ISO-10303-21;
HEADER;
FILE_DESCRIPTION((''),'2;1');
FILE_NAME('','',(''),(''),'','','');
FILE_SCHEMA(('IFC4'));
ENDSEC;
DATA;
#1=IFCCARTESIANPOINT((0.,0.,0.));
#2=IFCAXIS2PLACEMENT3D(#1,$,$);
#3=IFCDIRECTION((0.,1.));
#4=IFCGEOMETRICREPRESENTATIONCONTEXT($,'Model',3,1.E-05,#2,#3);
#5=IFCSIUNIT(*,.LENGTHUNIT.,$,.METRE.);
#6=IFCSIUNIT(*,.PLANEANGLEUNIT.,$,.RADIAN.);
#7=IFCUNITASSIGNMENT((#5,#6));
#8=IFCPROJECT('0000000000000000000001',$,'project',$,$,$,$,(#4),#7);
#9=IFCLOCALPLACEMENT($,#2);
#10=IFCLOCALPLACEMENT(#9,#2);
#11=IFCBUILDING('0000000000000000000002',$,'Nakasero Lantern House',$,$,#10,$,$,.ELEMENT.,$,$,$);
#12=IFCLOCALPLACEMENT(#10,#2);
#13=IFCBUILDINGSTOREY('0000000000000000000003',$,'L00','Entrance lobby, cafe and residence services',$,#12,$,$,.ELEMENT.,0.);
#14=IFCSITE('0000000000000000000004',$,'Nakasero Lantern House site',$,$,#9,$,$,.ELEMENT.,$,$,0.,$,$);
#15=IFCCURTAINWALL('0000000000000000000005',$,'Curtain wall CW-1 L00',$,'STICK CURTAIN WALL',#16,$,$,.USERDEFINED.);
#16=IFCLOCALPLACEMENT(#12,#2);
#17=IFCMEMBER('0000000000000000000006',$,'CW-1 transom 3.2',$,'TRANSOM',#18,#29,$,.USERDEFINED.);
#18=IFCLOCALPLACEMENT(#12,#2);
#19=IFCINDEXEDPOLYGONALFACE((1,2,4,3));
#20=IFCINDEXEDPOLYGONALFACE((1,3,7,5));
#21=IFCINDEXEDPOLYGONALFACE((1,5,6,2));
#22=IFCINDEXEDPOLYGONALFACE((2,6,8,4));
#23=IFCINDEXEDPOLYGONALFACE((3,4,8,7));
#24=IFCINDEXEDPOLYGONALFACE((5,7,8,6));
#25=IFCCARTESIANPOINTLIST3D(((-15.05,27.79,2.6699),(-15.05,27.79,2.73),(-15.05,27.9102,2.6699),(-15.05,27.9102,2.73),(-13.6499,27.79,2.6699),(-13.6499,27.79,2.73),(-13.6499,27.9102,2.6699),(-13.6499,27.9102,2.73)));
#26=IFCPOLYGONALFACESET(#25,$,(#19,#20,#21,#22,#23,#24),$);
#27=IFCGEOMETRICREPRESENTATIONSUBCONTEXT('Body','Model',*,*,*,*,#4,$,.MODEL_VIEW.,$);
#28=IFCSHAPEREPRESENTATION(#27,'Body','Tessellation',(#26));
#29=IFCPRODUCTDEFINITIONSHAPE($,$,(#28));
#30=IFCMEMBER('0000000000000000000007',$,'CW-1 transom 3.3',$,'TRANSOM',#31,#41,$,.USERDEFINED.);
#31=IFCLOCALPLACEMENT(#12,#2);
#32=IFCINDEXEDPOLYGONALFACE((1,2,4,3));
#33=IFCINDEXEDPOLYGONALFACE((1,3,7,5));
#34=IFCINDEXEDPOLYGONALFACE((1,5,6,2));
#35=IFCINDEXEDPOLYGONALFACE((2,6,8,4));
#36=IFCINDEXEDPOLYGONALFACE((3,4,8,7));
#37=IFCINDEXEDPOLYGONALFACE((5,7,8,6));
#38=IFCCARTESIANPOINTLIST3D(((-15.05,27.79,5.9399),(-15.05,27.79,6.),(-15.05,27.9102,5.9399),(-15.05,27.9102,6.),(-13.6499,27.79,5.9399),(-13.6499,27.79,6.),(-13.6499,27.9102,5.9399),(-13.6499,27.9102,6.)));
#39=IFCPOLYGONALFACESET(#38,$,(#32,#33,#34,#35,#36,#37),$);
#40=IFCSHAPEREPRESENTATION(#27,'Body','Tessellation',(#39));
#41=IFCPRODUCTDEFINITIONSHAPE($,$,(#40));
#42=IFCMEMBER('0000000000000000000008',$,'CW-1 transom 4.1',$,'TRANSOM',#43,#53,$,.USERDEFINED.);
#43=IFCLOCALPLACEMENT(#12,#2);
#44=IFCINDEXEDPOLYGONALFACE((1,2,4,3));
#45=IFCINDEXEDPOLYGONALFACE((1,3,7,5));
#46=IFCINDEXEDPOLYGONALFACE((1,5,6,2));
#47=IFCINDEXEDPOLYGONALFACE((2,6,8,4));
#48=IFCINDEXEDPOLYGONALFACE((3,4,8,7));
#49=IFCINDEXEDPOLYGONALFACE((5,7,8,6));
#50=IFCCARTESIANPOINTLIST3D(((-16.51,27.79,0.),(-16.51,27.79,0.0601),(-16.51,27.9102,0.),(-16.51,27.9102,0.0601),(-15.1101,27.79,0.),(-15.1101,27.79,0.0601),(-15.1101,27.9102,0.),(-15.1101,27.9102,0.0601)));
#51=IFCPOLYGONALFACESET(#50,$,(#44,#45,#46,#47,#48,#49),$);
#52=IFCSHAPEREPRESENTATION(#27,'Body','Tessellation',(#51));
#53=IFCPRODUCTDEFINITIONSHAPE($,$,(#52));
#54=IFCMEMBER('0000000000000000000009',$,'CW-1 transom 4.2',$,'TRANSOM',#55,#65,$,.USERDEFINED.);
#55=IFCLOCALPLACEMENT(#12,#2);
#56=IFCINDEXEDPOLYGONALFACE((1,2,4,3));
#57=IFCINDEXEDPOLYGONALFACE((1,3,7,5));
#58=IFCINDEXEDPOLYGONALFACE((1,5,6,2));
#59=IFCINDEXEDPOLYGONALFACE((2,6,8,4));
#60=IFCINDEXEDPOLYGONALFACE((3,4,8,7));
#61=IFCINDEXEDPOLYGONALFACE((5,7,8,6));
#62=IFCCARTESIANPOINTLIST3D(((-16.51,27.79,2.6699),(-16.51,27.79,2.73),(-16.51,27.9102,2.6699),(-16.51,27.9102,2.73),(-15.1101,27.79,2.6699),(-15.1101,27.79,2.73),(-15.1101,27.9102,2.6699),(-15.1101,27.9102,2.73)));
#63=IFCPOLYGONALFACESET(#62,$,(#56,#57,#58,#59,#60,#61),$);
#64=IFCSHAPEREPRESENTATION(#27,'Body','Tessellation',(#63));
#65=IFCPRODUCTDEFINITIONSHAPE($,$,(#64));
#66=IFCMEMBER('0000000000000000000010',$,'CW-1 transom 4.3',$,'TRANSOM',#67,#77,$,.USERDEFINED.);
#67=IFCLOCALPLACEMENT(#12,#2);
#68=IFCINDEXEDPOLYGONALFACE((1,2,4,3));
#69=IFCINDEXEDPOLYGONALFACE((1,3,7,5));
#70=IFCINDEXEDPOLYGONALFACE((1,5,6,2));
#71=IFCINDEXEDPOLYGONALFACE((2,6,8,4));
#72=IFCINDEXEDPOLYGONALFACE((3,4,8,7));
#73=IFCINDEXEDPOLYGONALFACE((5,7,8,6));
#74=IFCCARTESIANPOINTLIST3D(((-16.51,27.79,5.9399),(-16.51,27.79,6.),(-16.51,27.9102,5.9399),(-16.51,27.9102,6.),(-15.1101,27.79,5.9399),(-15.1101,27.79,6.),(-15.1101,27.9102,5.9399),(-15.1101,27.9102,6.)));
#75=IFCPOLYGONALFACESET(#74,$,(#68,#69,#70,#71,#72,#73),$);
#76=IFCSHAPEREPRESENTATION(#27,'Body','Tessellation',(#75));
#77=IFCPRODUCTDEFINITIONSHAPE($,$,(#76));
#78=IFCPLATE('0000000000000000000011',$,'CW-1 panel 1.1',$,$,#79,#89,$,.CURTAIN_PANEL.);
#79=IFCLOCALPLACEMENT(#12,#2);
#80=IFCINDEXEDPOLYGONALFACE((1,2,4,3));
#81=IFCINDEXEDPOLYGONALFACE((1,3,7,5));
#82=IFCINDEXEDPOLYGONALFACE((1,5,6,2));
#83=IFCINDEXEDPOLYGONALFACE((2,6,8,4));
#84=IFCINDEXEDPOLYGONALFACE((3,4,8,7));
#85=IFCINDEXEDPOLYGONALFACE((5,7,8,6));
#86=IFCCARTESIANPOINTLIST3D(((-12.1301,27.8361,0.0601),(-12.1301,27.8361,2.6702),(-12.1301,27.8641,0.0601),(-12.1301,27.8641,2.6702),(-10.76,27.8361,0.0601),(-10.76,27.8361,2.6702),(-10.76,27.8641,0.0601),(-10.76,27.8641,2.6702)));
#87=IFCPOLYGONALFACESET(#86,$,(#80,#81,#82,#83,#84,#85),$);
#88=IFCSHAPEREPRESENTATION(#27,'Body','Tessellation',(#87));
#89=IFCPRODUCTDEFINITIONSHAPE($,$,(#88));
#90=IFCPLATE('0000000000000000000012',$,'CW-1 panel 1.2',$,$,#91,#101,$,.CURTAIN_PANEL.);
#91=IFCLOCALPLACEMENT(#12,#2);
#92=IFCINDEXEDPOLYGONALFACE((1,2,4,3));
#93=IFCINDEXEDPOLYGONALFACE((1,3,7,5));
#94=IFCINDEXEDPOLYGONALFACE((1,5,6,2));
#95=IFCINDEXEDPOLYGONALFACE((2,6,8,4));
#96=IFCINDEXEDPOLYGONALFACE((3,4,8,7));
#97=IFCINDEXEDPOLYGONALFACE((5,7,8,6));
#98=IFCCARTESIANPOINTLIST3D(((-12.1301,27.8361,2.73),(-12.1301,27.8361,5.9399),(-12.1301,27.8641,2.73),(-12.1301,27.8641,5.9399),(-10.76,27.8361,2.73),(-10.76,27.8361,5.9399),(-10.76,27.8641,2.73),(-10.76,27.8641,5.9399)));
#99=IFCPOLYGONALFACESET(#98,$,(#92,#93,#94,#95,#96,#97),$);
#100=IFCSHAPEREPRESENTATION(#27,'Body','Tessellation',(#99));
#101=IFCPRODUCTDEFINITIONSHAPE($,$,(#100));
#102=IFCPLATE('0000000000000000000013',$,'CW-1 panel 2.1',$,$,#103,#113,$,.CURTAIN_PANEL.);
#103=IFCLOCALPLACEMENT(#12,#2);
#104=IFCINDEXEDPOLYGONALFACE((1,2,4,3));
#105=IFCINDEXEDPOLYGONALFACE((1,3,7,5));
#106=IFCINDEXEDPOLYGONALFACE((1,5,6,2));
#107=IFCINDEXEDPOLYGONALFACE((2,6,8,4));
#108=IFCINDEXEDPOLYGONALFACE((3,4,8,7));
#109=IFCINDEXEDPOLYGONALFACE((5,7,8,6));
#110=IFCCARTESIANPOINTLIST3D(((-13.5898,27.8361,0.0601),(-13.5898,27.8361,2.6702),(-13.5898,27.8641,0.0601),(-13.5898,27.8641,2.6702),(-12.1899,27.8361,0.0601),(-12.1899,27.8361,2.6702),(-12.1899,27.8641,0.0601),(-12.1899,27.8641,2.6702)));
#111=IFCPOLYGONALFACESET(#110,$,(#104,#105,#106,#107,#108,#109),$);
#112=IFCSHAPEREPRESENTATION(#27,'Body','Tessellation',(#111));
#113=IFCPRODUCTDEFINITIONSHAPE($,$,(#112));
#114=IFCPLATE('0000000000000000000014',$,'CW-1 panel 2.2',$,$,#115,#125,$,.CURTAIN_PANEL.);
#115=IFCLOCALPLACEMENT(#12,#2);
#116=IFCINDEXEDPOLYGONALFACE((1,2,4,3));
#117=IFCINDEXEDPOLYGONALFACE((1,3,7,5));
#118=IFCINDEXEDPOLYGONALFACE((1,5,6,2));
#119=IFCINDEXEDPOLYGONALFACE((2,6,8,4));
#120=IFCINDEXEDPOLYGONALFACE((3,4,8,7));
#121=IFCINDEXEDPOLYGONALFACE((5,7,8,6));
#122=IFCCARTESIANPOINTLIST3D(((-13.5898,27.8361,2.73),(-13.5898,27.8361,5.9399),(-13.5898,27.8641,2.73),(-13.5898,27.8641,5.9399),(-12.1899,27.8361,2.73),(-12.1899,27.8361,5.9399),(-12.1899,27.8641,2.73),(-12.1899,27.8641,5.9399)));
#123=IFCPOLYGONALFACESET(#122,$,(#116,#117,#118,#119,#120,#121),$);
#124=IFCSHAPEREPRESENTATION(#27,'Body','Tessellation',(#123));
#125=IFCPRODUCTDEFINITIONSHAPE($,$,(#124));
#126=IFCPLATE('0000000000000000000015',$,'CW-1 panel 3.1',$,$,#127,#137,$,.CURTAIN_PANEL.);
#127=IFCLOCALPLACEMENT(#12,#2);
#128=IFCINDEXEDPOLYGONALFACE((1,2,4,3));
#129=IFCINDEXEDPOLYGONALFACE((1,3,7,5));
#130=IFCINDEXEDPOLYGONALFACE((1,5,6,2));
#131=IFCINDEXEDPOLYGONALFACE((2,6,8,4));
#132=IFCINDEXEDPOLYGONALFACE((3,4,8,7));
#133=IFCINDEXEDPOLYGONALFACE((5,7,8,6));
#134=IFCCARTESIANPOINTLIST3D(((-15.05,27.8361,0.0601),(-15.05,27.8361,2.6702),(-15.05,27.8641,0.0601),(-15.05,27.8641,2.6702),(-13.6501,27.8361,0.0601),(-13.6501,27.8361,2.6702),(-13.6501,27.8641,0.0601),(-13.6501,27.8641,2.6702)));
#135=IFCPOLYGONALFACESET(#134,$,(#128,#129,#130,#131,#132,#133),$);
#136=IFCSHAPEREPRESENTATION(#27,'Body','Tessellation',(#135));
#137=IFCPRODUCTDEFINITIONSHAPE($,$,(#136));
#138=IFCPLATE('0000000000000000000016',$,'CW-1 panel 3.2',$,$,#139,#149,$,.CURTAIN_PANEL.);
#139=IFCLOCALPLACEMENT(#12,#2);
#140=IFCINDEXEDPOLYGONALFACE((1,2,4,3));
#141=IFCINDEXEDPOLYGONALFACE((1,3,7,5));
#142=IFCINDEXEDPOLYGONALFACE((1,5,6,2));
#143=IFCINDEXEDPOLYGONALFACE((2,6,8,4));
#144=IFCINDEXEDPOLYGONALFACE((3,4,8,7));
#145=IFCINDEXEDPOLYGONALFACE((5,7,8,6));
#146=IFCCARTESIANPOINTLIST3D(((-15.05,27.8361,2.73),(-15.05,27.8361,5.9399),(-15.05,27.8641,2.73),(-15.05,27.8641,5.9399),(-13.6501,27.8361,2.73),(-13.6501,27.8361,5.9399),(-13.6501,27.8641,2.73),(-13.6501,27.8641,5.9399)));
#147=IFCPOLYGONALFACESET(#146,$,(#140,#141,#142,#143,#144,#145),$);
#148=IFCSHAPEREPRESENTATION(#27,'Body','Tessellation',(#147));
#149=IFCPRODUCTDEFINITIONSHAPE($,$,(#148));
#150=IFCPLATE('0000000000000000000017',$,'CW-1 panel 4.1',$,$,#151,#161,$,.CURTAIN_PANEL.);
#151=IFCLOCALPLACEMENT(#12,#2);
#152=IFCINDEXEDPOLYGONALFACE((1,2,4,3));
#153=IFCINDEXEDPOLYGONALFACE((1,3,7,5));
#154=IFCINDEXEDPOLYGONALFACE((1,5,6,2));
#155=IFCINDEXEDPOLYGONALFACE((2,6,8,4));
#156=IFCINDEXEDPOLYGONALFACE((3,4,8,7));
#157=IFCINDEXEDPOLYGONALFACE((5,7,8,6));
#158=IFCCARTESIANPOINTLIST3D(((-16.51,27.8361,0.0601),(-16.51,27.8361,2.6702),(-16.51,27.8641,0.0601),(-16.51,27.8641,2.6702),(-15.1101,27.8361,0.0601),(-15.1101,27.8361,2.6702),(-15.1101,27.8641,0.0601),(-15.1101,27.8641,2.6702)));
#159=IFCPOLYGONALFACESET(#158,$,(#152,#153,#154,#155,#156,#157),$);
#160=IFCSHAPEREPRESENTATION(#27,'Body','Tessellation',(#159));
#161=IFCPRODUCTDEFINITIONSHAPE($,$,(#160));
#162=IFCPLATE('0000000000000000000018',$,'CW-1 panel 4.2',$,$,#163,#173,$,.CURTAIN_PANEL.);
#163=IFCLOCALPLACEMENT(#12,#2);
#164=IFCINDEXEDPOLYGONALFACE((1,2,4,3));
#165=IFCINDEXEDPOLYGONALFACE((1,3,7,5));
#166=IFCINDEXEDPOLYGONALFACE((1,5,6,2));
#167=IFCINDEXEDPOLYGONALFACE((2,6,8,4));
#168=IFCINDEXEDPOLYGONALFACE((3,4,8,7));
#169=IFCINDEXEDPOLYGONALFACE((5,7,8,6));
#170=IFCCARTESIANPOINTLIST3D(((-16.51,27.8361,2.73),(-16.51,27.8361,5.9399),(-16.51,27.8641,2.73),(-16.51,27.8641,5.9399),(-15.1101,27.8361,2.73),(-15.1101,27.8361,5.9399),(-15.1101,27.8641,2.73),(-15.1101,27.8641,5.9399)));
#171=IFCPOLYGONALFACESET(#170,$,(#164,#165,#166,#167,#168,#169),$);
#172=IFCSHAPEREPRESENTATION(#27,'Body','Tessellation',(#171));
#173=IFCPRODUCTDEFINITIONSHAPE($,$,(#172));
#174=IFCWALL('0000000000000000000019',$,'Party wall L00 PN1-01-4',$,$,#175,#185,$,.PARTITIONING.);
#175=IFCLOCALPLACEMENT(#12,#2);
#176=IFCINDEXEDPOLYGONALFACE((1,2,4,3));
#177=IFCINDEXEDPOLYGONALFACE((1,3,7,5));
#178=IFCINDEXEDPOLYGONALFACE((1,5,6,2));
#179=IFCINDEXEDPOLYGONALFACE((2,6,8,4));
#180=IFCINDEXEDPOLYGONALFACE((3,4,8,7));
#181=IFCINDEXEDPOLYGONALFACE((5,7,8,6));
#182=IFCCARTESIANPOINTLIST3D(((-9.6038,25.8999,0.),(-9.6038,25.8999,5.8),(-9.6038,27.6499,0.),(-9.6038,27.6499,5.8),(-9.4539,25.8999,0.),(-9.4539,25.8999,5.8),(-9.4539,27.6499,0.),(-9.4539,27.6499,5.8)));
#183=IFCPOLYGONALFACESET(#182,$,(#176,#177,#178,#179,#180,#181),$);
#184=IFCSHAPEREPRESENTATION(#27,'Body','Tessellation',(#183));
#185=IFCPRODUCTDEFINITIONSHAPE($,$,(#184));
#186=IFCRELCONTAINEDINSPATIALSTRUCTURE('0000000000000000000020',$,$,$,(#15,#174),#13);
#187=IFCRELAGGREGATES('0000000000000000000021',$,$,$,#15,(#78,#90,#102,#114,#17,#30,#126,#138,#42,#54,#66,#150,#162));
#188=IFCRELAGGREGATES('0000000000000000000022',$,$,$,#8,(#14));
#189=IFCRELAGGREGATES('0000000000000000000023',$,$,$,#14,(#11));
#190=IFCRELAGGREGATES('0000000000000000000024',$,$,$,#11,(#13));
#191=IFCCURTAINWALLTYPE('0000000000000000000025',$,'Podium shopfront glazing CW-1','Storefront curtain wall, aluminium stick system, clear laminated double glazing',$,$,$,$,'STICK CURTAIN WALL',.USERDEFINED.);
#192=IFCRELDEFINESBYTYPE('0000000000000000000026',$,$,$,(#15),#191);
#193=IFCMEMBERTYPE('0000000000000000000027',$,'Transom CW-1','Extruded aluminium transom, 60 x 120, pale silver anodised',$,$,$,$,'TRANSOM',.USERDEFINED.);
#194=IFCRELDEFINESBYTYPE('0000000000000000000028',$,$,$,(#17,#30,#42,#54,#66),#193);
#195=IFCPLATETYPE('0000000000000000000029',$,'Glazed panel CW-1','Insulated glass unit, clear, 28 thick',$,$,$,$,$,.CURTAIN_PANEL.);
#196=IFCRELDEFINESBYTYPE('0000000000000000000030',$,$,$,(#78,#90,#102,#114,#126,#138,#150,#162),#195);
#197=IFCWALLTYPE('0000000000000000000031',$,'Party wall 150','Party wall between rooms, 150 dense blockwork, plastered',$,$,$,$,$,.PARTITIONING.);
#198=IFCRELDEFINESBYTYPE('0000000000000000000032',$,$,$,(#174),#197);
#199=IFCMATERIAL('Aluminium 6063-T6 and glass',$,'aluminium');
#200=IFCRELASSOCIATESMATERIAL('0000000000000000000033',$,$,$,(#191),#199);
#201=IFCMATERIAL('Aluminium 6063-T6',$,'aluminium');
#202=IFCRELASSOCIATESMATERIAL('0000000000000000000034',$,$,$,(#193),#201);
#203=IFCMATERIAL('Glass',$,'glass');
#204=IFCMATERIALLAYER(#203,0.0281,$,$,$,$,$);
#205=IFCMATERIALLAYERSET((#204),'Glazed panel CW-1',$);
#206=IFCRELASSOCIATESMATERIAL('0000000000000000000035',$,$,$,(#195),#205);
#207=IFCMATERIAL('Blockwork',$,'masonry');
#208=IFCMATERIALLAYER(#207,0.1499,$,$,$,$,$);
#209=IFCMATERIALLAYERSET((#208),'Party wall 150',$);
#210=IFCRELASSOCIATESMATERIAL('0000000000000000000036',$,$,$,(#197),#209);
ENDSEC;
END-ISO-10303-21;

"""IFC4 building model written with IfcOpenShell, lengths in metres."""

from ifc_helpers import new_model, si_unit, direction, frame, frame_2d, origin, origin_2d, place, context, subcontext, project, spatial, rectangle, extrude, material, layer, layer_set, material_profile, profile_set, type_object, element, aggregate, save


model = new_model("IFC4")

# Units and contexts
model_context = context("Model", 3, precision=1e-05, world=origin(), true_north=direction((0.0, 1.0)))
body_context = subcontext(model_context, "Body", "Model", "MODEL_VIEW")
ifc_project = project(units=[si_unit("LENGTHUNIT", "METRE"), si_unit("PLANEANGLEUNIT", "RADIAN")], contexts=[model_context])

# Site, building, storey
site_placement = place(None, origin())
site = spatial("IfcSite", under=ifc_project, at=site_placement, Name="Nakasero Lantern House site", CompositionType="ELEMENT", RefElevation=0.0)
building_placement = place(site_placement, origin())
building = spatial("IfcBuilding", under=site, at=building_placement, Name="Nakasero Lantern House", CompositionType="ELEMENT")
storey_placement = place(building_placement, origin())
storey = spatial("IfcBuildingStorey", under=building, at=storey_placement, Name="L00", Description="Entrance lobby, cafe and residence services", CompositionType="ELEMENT", Elevation=0.0)

# Curtain wall
ifc_material_1 = material(Name="Aluminium 6063-T6 and glass", Category="aluminium")
curtain_wall_type = type_object("IfcCurtainWallType", Name="Podium shopfront glazing CW-1", Description="Storefront curtain wall, aluminium stick system, clear laminated double glazing", ElementType="STICK CURTAIN WALL", PredefinedType="USERDEFINED", material=ifc_material_1)
curtain_wall_placement = place(storey_placement, origin())
curtain_wall = element("IfcCurtainWall", 1, at=curtain_wall_placement, inside=storey, type_object=curtain_wall_type, Name="Curtain wall CW-1 L00", ObjectType="STICK CURTAIN WALL", PredefinedType="USERDEFINED")

# Members
ifc_material_2 = material(Name="Aluminium 6063-T6", Category="aluminium")
ifc_material_profile_1 = material_profile(ifc_material_2, rectangle(XDim=0.0601, YDim=0.1201, at=origin_2d()), Name="CW-1 transom 60x120")
ifc_profile_set_1 = profile_set([ifc_material_profile_1], Name="Aluminium 6063-T6")
member_type_1 = type_object("IfcMemberType", Name="Transom CW-1", Description="Extruded aluminium transom, 60 x 120, pale silver anodised", ElementType="TRANSOM", PredefinedType="USERDEFINED", material=ifc_profile_set_1)
member_1_placement = place(storey_placement, frame((-13.6499, 27.8501, 2.7), z_axis=(-1.0, 0.0, 0.0), x_axis=(0.0, 0.0, 1.0)))
member_1 = element("IfcMember", 2, at=member_1_placement, type_object=member_type_1, Name="CW-1 transom 3.2", ObjectType="TRANSOM", PredefinedType="USERDEFINED", context=body_context, shape_type="SweptSolid", body=[
    extrude(rectangle(XDim=0.0601, YDim=0.1201, at=origin_2d()), origin(), (0.0, 0.0, 1.0), 1.4001),
])
member_2_placement = place(storey_placement, frame((-13.6499, 27.8501, 5.97), z_axis=(-1.0, 0.0, 0.0), x_axis=(0.0, 0.0, 1.0)))
member_2 = element("IfcMember", 3, at=member_2_placement, type_object=member_type_1, Name="CW-1 transom 3.3", ObjectType="TRANSOM", PredefinedType="USERDEFINED", context=body_context, shape_type="SweptSolid", body=[
    extrude(rectangle(XDim=0.0601, YDim=0.1201, at=origin_2d()), origin(), (0.0, 0.0, 1.0), 1.4001),
])
member_3_placement = place(storey_placement, frame((-15.1101, 27.8501, 0.03), z_axis=(-1.0, 0.0, 0.0), x_axis=(0.0, 0.0, 1.0)))
member_3 = element("IfcMember", 4, at=member_3_placement, type_object=member_type_1, Name="CW-1 transom 4.1", ObjectType="TRANSOM", PredefinedType="USERDEFINED", context=body_context, shape_type="SweptSolid", body=[
    extrude(rectangle(XDim=0.0601, YDim=0.1201, at=origin_2d()), origin(), (0.0, 0.0, 1.0), 1.3999),
])
member_4_placement = place(storey_placement, frame((-15.1101, 27.8501, 2.7), z_axis=(-1.0, 0.0, 0.0), x_axis=(0.0, 0.0, 1.0)))
member_4 = element("IfcMember", 5, at=member_4_placement, type_object=member_type_1, Name="CW-1 transom 4.2", ObjectType="TRANSOM", PredefinedType="USERDEFINED", context=body_context, shape_type="SweptSolid", body=[
    extrude(rectangle(XDim=0.0601, YDim=0.1201, at=origin_2d()), origin(), (0.0, 0.0, 1.0), 1.3999),
])
member_5_placement = place(storey_placement, frame((-15.1101, 27.8501, 5.97), z_axis=(-1.0, 0.0, 0.0), x_axis=(0.0, 0.0, 1.0)))
member_5 = element("IfcMember", 6, at=member_5_placement, type_object=member_type_1, Name="CW-1 transom 4.3", ObjectType="TRANSOM", PredefinedType="USERDEFINED", context=body_context, shape_type="SweptSolid", body=[
    extrude(rectangle(XDim=0.0601, YDim=0.1201, at=origin_2d()), origin(), (0.0, 0.0, 1.0), 1.3999),
])

# Plates
ifc_material_3 = material(Name="Glass", Category="glass")
ifc_layer_1 = layer(ifc_material_3, 0.0281)
ifc_layer_set_1 = layer_set([ifc_layer_1], Name="Glazed panel CW-1")
plate_type = type_object("IfcPlateType", Name="Glazed panel CW-1", Description="Insulated glass unit, clear, 28 thick", PredefinedType="CURTAIN_PANEL", material=ifc_layer_set_1)
plate_1_placement = place(storey_placement, frame((-11.4451, 27.8501, 0.0601), z_axis=(0.0, 0.0, 1.0), x_axis=(-1.0, 0.0, 0.0)))
plate_1 = element("IfcPlate", 7, at=plate_1_placement, type_object=plate_type, Name="CW-1 panel 1.1", PredefinedType="CURTAIN_PANEL", context=body_context, shape_type="SweptSolid", body=[
    extrude(rectangle(XDim=1.3701, YDim=0.0281, at=origin_2d()), origin(), (0.0, 0.0, 1.0), 2.6101),
])
plate_2_placement = place(storey_placement, frame((-11.4451, 27.8501, 2.73), z_axis=(0.0, 0.0, 1.0), x_axis=(-1.0, 0.0, 0.0)))
plate_2 = element("IfcPlate", 8, at=plate_2_placement, type_object=plate_type, Name="CW-1 panel 1.2", PredefinedType="CURTAIN_PANEL", context=body_context, shape_type="SweptSolid", body=[
    extrude(rectangle(XDim=1.3701, YDim=0.0281, at=origin_2d()), origin(), (0.0, 0.0, 1.0), 3.21),
])
plate_3_placement = place(storey_placement, frame((-12.8899, 27.8501, 0.0601), z_axis=(0.0, 0.0, 1.0), x_axis=(-1.0, 0.0, 0.0)))
plate_3 = element("IfcPlate", 9, at=plate_3_placement, type_object=plate_type, Name="CW-1 panel 2.1", PredefinedType="CURTAIN_PANEL", context=body_context, shape_type="SweptSolid", body=[
    extrude(rectangle(XDim=1.3999, YDim=0.0281, at=origin_2d()), origin(), (0.0, 0.0, 1.0), 2.6101),
])
plate_4_placement = place(storey_placement, frame((-12.8899, 27.8501, 2.73), z_axis=(0.0, 0.0, 1.0), x_axis=(-1.0, 0.0, 0.0)))
plate_4 = element("IfcPlate", 10, at=plate_4_placement, type_object=plate_type, Name="CW-1 panel 2.2", PredefinedType="CURTAIN_PANEL", context=body_context, shape_type="SweptSolid", body=[
    extrude(rectangle(XDim=1.3999, YDim=0.0281, at=origin_2d()), origin(), (0.0, 0.0, 1.0), 3.21),
])
plate_5_placement = place(storey_placement, frame((-14.3501, 27.8501, 0.0601), z_axis=(0.0, 0.0, 1.0), x_axis=(-1.0, 0.0, 0.0)))
plate_5 = element("IfcPlate", 11, at=plate_5_placement, type_object=plate_type, Name="CW-1 panel 3.1", PredefinedType="CURTAIN_PANEL", context=body_context, shape_type="SweptSolid", body=[
    extrude(rectangle(XDim=1.3999, YDim=0.0281, at=origin_2d()), origin(), (0.0, 0.0, 1.0), 2.6101),
])
plate_6_placement = place(storey_placement, frame((-14.3501, 27.8501, 2.73), z_axis=(0.0, 0.0, 1.0), x_axis=(-1.0, 0.0, 0.0)))
plate_6 = element("IfcPlate", 12, at=plate_6_placement, type_object=plate_type, Name="CW-1 panel 3.2", PredefinedType="CURTAIN_PANEL", context=body_context, shape_type="SweptSolid", body=[
    extrude(rectangle(XDim=1.3999, YDim=0.0281, at=origin_2d()), origin(), (0.0, 0.0, 1.0), 3.21),
])
plate_7_placement = place(storey_placement, frame((-15.8101, 27.8501, 0.0601), z_axis=(0.0, 0.0, 1.0), x_axis=(-1.0, 0.0, 0.0)))
plate_7 = element("IfcPlate", 13, at=plate_7_placement, type_object=plate_type, Name="CW-1 panel 4.1", PredefinedType="CURTAIN_PANEL", context=body_context, shape_type="SweptSolid", body=[
    extrude(rectangle(XDim=1.3999, YDim=0.0281, at=origin_2d()), origin(), (0.0, 0.0, 1.0), 2.6101),
])
plate_8_placement = place(storey_placement, frame((-15.8101, 27.8501, 2.73), z_axis=(0.0, 0.0, 1.0), x_axis=(-1.0, 0.0, 0.0)))
plate_8 = element("IfcPlate", 14, at=plate_8_placement, type_object=plate_type, Name="CW-1 panel 4.2", PredefinedType="CURTAIN_PANEL", context=body_context, shape_type="SweptSolid", body=[
    extrude(rectangle(XDim=1.3999, YDim=0.0281, at=origin_2d()), origin(), (0.0, 0.0, 1.0), 3.21),
])
aggregate(curtain_wall, [plate_1, plate_2, plate_3, plate_4, member_1, member_2, plate_5, plate_6, member_3, member_4, member_5, plate_7, plate_8])

# Wall
ifc_material_4 = material(Name="Blockwork", Category="masonry")
ifc_layer_2 = layer(ifc_material_4, 0.1499)
ifc_layer_set_2 = layer_set([ifc_layer_2], Name="Party wall 150")
wall_type = type_object("IfcWallType", Name="Party wall 150", Description="Party wall between rooms, 150 dense blockwork, plastered", PredefinedType="PARTITIONING", material=ifc_layer_set_2)
wall_placement = place(storey_placement, frame((-9.5288, 25.8999, 0.0), z_axis=(0.0, 0.0, 1.0), x_axis=(0.0, 1.0, 0.0)))
element("IfcWall", 15, at=wall_placement, inside=storey, type_object=wall_type, Name="Party wall L00 PN1-01-4", PredefinedType="PARTITIONING", context=body_context, shape_type="SweptSolid", body=[
    extrude(rectangle(XDim=1.75, YDim=0.1499, at=frame_2d((0.875, 0.0))), origin(), (0.0, 0.0, 1.0), 5.8),
])

save(model, "model.ifc")
